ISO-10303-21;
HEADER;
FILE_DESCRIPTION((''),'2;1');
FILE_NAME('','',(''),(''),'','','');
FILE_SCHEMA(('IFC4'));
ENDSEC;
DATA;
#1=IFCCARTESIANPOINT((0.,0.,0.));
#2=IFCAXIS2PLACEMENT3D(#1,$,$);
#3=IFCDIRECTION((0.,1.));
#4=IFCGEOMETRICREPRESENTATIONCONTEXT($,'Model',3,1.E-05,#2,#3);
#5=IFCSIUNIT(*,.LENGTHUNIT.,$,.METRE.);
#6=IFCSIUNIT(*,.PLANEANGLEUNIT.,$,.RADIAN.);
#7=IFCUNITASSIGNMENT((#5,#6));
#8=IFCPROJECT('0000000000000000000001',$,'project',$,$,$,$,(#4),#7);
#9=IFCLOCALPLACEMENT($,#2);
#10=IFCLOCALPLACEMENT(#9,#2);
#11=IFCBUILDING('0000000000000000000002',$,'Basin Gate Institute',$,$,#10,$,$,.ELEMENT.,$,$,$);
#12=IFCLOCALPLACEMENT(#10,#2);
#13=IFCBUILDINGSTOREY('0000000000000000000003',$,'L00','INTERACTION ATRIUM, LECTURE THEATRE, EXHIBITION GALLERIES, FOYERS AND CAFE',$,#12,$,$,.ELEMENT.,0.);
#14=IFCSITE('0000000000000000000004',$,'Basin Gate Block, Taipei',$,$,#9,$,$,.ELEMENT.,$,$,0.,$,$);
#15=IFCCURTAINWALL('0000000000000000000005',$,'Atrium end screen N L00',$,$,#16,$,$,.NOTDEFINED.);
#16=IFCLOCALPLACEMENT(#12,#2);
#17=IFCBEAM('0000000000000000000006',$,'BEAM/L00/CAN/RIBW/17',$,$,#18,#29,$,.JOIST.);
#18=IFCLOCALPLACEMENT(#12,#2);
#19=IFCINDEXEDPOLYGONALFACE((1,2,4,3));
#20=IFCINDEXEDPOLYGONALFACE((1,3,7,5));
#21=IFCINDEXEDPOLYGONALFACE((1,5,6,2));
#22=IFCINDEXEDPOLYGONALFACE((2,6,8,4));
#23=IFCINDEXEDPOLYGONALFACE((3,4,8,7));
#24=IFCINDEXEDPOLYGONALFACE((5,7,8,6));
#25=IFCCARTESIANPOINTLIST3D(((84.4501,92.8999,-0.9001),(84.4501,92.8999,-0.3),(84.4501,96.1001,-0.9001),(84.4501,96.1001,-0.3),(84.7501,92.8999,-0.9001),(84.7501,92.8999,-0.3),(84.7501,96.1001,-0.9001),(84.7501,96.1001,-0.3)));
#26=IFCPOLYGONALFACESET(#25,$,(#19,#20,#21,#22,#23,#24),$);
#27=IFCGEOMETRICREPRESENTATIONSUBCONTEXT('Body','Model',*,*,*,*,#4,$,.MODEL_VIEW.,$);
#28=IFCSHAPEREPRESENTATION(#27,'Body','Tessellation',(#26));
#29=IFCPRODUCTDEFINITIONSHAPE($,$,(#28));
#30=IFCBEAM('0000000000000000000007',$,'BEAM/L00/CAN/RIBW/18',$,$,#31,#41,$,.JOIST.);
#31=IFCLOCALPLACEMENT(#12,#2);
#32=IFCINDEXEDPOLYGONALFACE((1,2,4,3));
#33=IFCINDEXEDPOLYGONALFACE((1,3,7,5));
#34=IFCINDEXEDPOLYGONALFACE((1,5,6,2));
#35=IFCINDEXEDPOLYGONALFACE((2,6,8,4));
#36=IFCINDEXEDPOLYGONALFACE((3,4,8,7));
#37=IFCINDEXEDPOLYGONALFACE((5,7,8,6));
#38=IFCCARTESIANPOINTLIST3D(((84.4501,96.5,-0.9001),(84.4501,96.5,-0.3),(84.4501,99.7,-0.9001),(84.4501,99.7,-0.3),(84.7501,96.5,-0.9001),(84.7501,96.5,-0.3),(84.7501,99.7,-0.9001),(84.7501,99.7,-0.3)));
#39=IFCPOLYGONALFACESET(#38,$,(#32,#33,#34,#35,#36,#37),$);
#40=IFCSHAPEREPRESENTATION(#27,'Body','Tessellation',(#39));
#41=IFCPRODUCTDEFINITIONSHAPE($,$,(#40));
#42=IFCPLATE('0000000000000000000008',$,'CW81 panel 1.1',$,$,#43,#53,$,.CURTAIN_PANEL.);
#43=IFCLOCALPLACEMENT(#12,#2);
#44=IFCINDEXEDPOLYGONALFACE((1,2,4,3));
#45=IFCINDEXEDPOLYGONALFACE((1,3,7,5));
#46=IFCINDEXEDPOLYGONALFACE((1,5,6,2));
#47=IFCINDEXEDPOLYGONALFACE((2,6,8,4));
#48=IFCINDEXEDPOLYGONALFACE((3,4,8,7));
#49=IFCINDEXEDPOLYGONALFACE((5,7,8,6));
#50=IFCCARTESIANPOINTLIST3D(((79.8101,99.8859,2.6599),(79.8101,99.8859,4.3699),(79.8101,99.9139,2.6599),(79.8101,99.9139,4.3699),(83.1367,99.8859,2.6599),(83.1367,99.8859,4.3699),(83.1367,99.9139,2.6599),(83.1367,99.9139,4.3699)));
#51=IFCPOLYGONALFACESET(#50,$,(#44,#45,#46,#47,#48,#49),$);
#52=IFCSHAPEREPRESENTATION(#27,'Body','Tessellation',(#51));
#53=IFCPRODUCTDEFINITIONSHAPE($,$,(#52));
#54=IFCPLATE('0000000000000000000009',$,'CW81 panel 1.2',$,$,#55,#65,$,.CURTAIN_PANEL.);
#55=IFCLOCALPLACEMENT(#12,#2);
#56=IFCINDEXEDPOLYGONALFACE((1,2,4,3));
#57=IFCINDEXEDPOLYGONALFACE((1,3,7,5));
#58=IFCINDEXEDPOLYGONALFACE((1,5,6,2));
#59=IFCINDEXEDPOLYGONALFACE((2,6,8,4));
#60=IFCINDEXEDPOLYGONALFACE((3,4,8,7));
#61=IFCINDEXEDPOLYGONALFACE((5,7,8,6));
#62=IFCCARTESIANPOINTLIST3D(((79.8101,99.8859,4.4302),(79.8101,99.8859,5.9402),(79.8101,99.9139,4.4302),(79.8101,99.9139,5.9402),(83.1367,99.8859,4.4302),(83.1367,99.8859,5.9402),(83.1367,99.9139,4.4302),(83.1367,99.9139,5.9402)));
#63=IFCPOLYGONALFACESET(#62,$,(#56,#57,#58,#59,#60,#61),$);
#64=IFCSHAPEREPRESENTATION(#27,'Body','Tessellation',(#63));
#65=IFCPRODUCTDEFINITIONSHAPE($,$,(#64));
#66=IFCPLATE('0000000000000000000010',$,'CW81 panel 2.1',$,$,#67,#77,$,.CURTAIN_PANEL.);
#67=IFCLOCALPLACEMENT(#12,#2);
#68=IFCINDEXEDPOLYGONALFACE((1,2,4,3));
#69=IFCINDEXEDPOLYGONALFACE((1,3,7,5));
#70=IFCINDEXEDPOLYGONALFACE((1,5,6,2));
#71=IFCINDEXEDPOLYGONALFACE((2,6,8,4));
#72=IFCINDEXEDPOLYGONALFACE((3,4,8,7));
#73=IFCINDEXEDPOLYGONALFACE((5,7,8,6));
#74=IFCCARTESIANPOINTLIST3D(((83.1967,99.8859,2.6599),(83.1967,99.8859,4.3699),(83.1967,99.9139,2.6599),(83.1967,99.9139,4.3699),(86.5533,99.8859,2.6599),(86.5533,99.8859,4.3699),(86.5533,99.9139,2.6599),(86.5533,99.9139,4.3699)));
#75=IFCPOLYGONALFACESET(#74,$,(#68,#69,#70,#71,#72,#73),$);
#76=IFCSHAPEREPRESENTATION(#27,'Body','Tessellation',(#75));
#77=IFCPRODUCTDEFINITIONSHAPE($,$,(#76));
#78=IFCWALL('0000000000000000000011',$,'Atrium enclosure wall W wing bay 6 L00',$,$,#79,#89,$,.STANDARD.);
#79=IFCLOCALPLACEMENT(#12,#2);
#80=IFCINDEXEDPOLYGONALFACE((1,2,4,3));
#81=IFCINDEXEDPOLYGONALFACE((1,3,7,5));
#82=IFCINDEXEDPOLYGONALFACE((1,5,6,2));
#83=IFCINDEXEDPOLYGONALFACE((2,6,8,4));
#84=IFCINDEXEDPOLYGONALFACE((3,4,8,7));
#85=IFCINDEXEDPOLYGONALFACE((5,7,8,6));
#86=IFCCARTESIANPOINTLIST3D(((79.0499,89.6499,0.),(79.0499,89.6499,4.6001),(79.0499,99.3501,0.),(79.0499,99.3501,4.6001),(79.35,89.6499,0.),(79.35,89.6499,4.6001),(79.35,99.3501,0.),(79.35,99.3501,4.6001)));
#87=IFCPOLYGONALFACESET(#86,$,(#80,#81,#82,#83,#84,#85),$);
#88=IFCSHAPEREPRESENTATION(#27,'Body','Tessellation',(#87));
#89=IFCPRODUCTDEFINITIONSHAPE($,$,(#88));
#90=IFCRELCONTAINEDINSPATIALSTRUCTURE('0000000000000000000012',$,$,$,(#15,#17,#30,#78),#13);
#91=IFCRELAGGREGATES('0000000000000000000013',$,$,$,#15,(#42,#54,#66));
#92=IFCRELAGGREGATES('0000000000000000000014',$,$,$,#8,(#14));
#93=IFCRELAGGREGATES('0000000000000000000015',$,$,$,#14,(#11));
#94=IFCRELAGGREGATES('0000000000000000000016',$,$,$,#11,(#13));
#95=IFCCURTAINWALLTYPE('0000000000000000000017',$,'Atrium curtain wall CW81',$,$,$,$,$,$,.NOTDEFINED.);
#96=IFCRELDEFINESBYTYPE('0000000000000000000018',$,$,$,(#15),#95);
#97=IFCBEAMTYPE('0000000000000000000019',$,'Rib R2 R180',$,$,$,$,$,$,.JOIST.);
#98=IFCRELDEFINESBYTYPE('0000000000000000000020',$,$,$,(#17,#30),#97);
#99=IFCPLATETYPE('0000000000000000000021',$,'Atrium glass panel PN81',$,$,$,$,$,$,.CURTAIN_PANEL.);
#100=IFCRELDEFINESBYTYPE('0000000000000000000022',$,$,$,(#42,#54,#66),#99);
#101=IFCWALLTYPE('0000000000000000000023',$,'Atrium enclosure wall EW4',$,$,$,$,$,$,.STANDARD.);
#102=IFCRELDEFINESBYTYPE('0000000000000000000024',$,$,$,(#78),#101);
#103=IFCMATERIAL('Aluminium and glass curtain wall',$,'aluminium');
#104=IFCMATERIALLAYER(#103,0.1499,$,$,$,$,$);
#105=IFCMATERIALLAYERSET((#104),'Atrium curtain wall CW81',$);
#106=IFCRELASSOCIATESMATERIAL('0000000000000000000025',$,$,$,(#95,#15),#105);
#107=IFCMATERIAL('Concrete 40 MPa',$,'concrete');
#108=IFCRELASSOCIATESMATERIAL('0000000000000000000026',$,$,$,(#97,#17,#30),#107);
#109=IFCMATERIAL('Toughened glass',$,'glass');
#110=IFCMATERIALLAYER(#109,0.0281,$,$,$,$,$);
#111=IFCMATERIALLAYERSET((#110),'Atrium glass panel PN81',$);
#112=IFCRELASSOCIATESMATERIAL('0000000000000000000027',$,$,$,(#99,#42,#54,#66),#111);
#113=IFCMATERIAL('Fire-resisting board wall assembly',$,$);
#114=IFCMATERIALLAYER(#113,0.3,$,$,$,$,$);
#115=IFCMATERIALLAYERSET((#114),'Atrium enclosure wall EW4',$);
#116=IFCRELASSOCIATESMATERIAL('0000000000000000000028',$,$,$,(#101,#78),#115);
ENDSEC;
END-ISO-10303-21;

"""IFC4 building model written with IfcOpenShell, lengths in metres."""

from ifc_helpers import new_model, si_unit, direction, frame, frame_2d, origin, origin_2d, place, context, subcontext, project, spatial, rectangle, extrude, material, layer, layer_set, material_profile, profile_set, type_object, element, aggregate, save


model = new_model("IFC4")

# Units and contexts
model_context = context("Model", 3, precision=1e-05, world=origin(), true_north=direction((0.0, 1.0)))
body_context = subcontext(model_context, "Body", "Model", "MODEL_VIEW")
ifc_project = project(units=[si_unit("LENGTHUNIT", "METRE"), si_unit("PLANEANGLEUNIT", "RADIAN")], contexts=[model_context])

# Site, building, storey
site_placement = place(None, origin())
site = spatial("IfcSite", under=ifc_project, at=site_placement, Name="Basin Gate Block, Taipei", CompositionType="ELEMENT", RefElevation=0.0)
building_placement = place(site_placement, origin())
building = spatial("IfcBuilding", under=site, at=building_placement, Name="Basin Gate Institute", CompositionType="ELEMENT")
storey_placement = place(building_placement, origin())
storey = spatial("IfcBuildingStorey", under=building, at=storey_placement, Name="L00", Description="INTERACTION ATRIUM, LECTURE THEATRE, EXHIBITION GALLERIES, FOYERS AND CAFE", CompositionType="ELEMENT", Elevation=0.0)

# Curtain wall
ifc_material_1 = material(Name="Aluminium and glass curtain wall", Category="aluminium")
ifc_layer_1 = layer(ifc_material_1, 0.1499)
ifc_layer_set_1 = layer_set([ifc_layer_1], Name="Atrium curtain wall CW81")
curtain_wall_type = type_object("IfcCurtainWallType", Name="Atrium curtain wall CW81", PredefinedType="NOTDEFINED", material=ifc_layer_set_1)
curtain_wall_placement = place(storey_placement, origin())
curtain_wall = element("IfcCurtainWall", 1, at=curtain_wall_placement, inside=storey, type_object=curtain_wall_type, material=ifc_layer_set_1, Name="Atrium end screen N L00", PredefinedType="NOTDEFINED")

# Beams
ifc_material_2 = material(Name="Concrete 40 MPa", Category="concrete")
ifc_material_profile_1 = material_profile(ifc_material_2, rectangle(XDim=0.3, YDim=0.6001, at=origin_2d()), Name="Rib R2 300 x 600")
ifc_profile_set_1 = profile_set([ifc_material_profile_1], Name="Concrete 40 MPa")
beam_type_1 = type_object("IfcBeamType", Name="Rib R2 R180", PredefinedType="JOIST", material=ifc_profile_set_1)
beam_1_placement = place(storey_placement, frame((84.6001, 92.8999, -0.6001), z_axis=(0.0, 1.0, 0.0), x_axis=(-1.0, 0.0, 0.0)))
element("IfcBeam", 2, at=beam_1_placement, inside=storey, type_object=beam_type_1, material=ifc_profile_set_1, Name="BEAM/L00/CAN/RIBW/17", PredefinedType="JOIST", context=body_context, shape_type="SweptSolid", body=[
    extrude(rectangle(XDim=0.3, YDim=0.6001, at=origin_2d()), origin(), (0.0, 0.0, 1.0), 3.2002),
])
beam_2_placement = place(storey_placement, frame((84.6001, 96.5, -0.6001), z_axis=(0.0, 1.0, 0.0), x_axis=(-1.0, 0.0, 0.0)))
element("IfcBeam", 3, at=beam_2_placement, inside=storey, type_object=beam_type_1, material=ifc_profile_set_1, Name="BEAM/L00/CAN/RIBW/18", PredefinedType="JOIST", context=body_context, shape_type="SweptSolid", body=[
    extrude(rectangle(XDim=0.3, YDim=0.6001, at=origin_2d()), origin(), (0.0, 0.0, 1.0), 3.2),
])

# Plates
ifc_material_3 = material(Name="Toughened glass", Category="glass")
ifc_layer_2 = layer(ifc_material_3, 0.0281)
ifc_layer_set_2 = layer_set([ifc_layer_2], Name="Atrium glass panel PN81")
plate_type = type_object("IfcPlateType", Name="Atrium glass panel PN81", PredefinedType="CURTAIN_PANEL", material=ifc_layer_set_2)
plate_1_placement = place(storey_placement, frame((81.4734, 99.8999, 2.6599), z_axis=(0.0, 0.0, 1.0), x_axis=(1.0, 0.0, 0.0)))
plate_1 = element("IfcPlate", 4, at=plate_1_placement, type_object=plate_type, material=ifc_layer_set_2, Name="CW81 panel 1.1", PredefinedType="CURTAIN_PANEL", context=body_context, shape_type="SweptSolid", body=[
    extrude(rectangle(XDim=3.3267, YDim=0.0281, at=origin_2d()), origin(), (0.0, 0.0, 1.0), 1.71),
])
plate_2_placement = place(storey_placement, frame((81.4734, 99.8999, 4.4302), z_axis=(0.0, 0.0, 1.0), x_axis=(1.0, 0.0, 0.0)))
plate_2 = element("IfcPlate", 5, at=plate_2_placement, type_object=plate_type, material=ifc_layer_set_2, Name="CW81 panel 1.2", PredefinedType="CURTAIN_PANEL", context=body_context, shape_type="SweptSolid", body=[
    extrude(rectangle(XDim=3.3267, YDim=0.0281, at=origin_2d()), origin(), (0.0, 0.0, 1.0), 1.51),
])
plate_3_placement = place(storey_placement, frame((84.875, 99.8999, 2.6599), z_axis=(0.0, 0.0, 1.0), x_axis=(1.0, 0.0, 0.0)))
plate_3 = element("IfcPlate", 6, at=plate_3_placement, type_object=plate_type, material=ifc_layer_set_2, Name="CW81 panel 2.1", PredefinedType="CURTAIN_PANEL", context=body_context, shape_type="SweptSolid", body=[
    extrude(rectangle(XDim=3.3567, YDim=0.0281, at=origin_2d()), origin(), (0.0, 0.0, 1.0), 1.71),
])
aggregate(curtain_wall, [plate_1, plate_2, plate_3])

# Wall
ifc_material_4 = material(Name="Fire-resisting board wall assembly")
ifc_layer_3 = layer(ifc_material_4, 0.3)
ifc_layer_set_3 = layer_set([ifc_layer_3], Name="Atrium enclosure wall EW4")
wall_type_1 = type_object("IfcWallType", Name="Atrium enclosure wall EW4", PredefinedType="STANDARD", material=ifc_layer_set_3)
wall_1_placement = place(storey_placement, frame((79.2, 89.6499, 0.0), z_axis=(0.0, 0.0, 1.0), x_axis=(0.0, 1.0, 0.0)))
element("IfcWall", 7, at=wall_1_placement, inside=storey, type_object=wall_type_1, material=ifc_layer_set_3, Name="Atrium enclosure wall W wing bay 6 L00", PredefinedType="STANDARD", context=body_context, shape_type="SweptSolid", body=[
    extrude(rectangle(XDim=9.7002, YDim=0.3, at=frame_2d((4.8501, 0.0))), origin(), (0.0, 0.0, 1.0), 4.6001),
])

save(model, "model.ifc")
